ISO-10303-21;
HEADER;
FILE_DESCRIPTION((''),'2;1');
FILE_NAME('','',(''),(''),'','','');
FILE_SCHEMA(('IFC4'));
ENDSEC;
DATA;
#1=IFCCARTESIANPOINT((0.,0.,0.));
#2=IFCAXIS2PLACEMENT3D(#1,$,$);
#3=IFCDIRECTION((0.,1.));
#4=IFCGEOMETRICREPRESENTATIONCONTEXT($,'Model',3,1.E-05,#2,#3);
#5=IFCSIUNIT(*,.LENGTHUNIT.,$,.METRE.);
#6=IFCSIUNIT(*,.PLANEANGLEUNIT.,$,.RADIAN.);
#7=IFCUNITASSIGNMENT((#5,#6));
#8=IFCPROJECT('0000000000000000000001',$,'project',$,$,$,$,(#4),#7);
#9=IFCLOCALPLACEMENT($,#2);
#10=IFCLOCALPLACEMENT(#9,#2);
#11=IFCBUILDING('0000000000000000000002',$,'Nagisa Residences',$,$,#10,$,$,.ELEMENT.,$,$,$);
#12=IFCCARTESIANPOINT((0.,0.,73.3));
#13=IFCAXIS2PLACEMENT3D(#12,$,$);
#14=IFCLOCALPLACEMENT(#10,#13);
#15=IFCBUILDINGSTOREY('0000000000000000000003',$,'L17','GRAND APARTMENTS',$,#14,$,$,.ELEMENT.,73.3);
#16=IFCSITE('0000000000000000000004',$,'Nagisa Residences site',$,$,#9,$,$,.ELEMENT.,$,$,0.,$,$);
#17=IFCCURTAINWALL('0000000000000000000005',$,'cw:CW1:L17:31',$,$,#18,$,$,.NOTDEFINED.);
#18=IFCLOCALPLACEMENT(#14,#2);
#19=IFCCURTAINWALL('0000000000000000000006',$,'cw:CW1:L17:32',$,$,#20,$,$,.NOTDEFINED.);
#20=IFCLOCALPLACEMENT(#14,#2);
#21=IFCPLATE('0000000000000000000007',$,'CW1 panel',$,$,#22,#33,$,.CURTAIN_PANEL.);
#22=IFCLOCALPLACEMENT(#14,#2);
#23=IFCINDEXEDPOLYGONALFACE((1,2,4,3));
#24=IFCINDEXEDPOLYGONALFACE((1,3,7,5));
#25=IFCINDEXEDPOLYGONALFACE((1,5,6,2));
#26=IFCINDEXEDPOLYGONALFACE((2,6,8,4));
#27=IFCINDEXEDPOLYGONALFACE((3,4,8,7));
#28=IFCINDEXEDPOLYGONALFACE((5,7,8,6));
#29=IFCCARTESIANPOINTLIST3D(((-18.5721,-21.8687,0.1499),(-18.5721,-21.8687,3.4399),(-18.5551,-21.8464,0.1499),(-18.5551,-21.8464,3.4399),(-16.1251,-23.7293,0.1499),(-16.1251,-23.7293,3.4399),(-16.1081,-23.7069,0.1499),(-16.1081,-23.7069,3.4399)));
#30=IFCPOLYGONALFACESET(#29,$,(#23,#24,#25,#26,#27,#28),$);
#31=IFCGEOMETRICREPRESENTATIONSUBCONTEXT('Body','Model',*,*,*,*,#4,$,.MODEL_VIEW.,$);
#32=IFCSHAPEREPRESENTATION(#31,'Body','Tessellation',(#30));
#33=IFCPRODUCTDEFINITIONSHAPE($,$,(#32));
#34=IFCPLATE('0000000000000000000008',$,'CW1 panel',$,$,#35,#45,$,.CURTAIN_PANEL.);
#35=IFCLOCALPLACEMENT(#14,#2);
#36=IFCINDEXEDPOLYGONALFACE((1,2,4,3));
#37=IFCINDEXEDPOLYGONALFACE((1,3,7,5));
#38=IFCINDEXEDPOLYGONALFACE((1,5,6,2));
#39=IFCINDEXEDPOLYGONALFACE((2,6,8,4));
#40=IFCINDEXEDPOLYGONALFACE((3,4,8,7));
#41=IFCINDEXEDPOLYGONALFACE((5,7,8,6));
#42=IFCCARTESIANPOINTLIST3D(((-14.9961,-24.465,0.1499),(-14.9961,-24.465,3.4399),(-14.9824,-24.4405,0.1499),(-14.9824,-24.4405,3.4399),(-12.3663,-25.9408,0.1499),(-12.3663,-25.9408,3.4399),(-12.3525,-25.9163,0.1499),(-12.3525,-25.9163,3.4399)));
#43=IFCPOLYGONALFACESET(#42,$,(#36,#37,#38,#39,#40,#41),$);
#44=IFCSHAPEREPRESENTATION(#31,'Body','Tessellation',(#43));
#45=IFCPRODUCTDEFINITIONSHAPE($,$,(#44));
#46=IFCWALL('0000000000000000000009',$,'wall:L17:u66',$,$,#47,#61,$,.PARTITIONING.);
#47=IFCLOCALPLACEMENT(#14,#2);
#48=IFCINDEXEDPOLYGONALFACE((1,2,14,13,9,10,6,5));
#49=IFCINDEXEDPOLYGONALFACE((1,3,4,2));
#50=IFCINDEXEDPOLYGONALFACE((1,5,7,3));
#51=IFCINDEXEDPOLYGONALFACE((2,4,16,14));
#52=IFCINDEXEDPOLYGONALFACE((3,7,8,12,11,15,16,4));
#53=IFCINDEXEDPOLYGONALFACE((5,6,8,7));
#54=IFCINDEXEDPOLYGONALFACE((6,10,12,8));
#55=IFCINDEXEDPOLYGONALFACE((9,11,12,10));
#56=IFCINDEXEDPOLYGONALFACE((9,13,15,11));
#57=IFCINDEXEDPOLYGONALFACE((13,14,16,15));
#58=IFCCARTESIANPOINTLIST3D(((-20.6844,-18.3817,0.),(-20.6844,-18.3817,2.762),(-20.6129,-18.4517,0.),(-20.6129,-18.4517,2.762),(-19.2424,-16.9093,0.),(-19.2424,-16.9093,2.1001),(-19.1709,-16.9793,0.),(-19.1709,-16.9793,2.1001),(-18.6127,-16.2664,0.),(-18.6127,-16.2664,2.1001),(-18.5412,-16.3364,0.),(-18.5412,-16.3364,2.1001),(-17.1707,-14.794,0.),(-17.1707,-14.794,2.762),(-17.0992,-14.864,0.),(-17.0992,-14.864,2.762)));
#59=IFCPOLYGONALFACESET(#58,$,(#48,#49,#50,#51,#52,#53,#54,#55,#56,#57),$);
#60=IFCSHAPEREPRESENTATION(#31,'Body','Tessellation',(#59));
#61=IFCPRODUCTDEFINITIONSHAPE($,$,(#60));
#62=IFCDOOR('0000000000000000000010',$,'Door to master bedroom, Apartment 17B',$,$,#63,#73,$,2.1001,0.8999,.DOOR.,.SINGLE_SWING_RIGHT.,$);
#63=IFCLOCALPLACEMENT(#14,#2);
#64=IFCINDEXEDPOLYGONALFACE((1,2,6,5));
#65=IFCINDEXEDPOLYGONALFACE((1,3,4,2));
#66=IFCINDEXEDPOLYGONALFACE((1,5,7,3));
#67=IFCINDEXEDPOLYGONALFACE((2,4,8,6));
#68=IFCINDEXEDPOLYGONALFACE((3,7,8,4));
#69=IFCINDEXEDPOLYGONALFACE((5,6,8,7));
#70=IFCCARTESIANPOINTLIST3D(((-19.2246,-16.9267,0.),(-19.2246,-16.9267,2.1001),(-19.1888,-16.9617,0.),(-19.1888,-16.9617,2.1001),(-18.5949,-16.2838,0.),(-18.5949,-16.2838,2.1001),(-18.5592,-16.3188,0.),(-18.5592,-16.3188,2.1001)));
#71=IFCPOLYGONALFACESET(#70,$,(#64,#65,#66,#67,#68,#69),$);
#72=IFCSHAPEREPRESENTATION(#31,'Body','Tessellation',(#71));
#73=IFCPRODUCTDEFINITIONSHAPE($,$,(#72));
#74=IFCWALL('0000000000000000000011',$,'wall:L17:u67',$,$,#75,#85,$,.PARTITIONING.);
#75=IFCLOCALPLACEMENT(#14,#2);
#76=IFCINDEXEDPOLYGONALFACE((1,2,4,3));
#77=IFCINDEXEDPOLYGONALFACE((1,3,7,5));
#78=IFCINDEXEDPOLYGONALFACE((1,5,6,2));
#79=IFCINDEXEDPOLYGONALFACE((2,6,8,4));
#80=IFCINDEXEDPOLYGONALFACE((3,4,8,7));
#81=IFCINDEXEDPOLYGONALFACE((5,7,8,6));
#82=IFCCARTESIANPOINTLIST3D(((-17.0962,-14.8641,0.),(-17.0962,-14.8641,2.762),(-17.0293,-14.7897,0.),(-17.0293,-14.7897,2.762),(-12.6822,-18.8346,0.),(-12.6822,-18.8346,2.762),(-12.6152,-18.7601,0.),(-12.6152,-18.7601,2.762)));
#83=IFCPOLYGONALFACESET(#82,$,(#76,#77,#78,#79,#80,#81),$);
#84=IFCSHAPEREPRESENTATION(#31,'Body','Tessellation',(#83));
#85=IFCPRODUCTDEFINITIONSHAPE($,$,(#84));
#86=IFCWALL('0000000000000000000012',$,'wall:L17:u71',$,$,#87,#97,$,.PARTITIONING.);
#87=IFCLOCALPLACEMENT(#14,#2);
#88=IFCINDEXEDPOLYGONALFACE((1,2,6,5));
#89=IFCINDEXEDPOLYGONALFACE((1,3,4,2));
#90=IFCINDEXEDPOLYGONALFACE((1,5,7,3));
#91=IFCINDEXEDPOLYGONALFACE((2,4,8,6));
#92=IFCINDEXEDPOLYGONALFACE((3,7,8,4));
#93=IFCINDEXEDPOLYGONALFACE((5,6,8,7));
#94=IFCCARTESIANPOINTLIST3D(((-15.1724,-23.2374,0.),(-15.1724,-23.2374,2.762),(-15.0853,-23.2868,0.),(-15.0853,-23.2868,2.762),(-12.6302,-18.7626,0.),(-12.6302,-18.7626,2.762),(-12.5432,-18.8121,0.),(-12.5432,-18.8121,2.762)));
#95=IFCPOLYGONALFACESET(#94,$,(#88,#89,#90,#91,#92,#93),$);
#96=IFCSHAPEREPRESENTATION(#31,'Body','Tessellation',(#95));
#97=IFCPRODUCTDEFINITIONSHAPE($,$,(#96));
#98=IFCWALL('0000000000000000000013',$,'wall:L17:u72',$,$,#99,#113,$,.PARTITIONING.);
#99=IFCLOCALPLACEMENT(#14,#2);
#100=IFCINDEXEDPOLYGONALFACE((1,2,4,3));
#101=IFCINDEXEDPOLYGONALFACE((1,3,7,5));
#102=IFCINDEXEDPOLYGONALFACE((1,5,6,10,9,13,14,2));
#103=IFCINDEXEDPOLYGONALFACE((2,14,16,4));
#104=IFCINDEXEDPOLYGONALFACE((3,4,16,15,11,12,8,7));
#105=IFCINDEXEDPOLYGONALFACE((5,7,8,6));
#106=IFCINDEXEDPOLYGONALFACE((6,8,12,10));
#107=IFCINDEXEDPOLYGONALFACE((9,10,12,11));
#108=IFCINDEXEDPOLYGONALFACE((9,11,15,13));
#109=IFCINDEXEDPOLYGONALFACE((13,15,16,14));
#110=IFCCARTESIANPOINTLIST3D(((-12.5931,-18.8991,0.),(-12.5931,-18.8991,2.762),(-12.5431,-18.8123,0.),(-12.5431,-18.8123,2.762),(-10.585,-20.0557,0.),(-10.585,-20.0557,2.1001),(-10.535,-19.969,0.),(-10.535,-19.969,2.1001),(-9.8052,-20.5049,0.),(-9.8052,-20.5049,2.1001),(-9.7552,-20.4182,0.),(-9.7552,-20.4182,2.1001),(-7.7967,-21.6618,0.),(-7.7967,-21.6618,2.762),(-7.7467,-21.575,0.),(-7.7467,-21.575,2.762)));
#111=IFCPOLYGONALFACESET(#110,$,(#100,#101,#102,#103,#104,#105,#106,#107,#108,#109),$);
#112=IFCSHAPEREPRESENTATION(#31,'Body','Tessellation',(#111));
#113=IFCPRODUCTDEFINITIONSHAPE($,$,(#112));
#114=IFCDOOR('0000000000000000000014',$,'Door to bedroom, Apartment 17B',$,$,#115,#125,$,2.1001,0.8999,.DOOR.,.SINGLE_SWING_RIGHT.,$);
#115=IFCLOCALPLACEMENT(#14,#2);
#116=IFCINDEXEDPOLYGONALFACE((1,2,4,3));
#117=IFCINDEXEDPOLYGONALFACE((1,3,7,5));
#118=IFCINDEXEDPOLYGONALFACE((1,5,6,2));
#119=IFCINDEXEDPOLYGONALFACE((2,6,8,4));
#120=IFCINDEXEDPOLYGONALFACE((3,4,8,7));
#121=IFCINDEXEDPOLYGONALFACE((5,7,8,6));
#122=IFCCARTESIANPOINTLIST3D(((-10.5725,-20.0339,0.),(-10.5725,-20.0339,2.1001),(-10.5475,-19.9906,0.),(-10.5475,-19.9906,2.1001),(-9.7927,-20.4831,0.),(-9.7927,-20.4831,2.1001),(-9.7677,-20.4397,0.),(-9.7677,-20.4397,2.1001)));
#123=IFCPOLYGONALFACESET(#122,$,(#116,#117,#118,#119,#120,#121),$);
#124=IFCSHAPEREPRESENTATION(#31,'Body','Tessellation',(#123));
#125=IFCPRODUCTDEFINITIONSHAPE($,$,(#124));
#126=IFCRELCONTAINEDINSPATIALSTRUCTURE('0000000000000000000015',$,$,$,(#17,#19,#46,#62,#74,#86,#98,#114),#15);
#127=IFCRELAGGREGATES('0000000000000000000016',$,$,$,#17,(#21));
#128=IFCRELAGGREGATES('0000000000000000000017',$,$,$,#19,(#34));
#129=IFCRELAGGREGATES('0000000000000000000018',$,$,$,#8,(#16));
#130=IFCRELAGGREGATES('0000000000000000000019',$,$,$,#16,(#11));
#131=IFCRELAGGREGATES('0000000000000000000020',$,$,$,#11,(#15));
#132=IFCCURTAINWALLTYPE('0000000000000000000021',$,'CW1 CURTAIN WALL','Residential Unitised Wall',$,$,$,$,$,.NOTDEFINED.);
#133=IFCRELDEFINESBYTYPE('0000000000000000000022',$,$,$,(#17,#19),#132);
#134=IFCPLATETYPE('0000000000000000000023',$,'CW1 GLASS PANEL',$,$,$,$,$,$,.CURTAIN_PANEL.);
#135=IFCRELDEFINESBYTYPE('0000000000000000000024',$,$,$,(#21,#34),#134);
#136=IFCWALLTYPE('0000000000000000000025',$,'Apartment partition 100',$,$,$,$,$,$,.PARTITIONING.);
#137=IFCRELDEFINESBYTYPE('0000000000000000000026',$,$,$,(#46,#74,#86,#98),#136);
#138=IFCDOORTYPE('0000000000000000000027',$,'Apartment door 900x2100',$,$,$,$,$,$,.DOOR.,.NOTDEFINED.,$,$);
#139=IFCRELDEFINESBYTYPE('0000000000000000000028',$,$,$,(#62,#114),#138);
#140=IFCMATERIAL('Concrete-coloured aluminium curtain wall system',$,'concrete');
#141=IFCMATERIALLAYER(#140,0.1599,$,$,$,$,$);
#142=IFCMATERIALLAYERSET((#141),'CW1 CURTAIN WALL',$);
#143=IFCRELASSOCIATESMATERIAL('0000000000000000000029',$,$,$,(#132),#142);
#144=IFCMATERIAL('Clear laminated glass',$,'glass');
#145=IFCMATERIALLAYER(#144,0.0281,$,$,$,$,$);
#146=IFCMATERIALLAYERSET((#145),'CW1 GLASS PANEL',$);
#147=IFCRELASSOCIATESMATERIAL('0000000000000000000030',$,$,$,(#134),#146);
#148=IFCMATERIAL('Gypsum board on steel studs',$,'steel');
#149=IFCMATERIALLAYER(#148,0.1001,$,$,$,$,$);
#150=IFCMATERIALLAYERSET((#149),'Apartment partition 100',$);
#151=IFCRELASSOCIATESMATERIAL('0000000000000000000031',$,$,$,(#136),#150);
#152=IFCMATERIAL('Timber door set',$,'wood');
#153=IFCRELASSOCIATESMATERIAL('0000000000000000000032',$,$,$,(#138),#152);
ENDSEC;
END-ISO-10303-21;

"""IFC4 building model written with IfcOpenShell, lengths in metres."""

from ifc_helpers import new_model, si_unit, direction, frame, frame_2d, origin, origin_2d, place, context, subcontext, project, spatial, rectangle, extrude, material, layer, layer_set, type_object, element, fill, aggregate, save


model = new_model("IFC4")

# Units and contexts
model_context = context("Model", 3, precision=1e-05, world=origin(), true_north=direction((0.0, 1.0)))
body_context = subcontext(model_context, "Body", "Model", "MODEL_VIEW")
ifc_project = project(units=[si_unit("LENGTHUNIT", "METRE"), si_unit("PLANEANGLEUNIT", "RADIAN")], contexts=[model_context])

# Site, building, storey
site_placement = place(None, origin())
site = spatial("IfcSite", under=ifc_project, at=site_placement, Name="Nagisa Residences site", CompositionType="ELEMENT", RefElevation=0.0)
building_placement = place(site_placement, origin())
building = spatial("IfcBuilding", under=site, at=building_placement, Name="Nagisa Residences", CompositionType="ELEMENT")
storey_placement = place(building_placement, frame((0.0, 0.0, 73.3)))
storey = spatial("IfcBuildingStorey", under=building, at=storey_placement, Name="L17", Description="GRAND APARTMENTS", CompositionType="ELEMENT", Elevation=73.3)

# Curtain walls
ifc_material_1 = material(Name="Concrete-coloured aluminium curtain wall system", Category="concrete")
ifc_layer_1 = layer(ifc_material_1, 0.1599)
ifc_layer_set_1 = layer_set([ifc_layer_1], Name="CW1 CURTAIN WALL")
curtain_wall_type = type_object("IfcCurtainWallType", Name="CW1 CURTAIN WALL", Description="Residential Unitised Wall", PredefinedType="NOTDEFINED", material=ifc_layer_set_1)
curtain_wall_1_placement = place(storey_placement, origin())
curtain_wall_1 = element("IfcCurtainWall", 1, at=curtain_wall_1_placement, inside=storey, type_object=curtain_wall_type, Name="cw:CW1:L17:31", PredefinedType="NOTDEFINED")
curtain_wall_2_placement = place(storey_placement, origin())
curtain_wall_2 = element("IfcCurtainWall", 2, at=curtain_wall_2_placement, inside=storey, type_object=curtain_wall_type, Name="cw:CW1:L17:32", PredefinedType="NOTDEFINED")

# Plates
ifc_material_2 = material(Name="Clear laminated glass", Category="glass")
ifc_layer_2 = layer(ifc_material_2, 0.0281)
ifc_layer_set_2 = layer_set([ifc_layer_2], Name="CW1 GLASS PANEL")
plate_type = type_object("IfcPlateType", Name="CW1 GLASS PANEL", PredefinedType="CURTAIN_PANEL", material=ifc_layer_set_2)
plate_1_placement = place(storey_placement, frame((-17.3401, -22.7878, 0.1499), z_axis=(0.0, 0.0, 1.0), x_axis=(0.796031, -0.605255, 0.0)))
plate_1 = element("IfcPlate", 3, at=plate_1_placement, type_object=plate_type, Name="CW1 panel", PredefinedType="CURTAIN_PANEL", context=body_context, shape_type="SweptSolid", body=[
    extrude(rectangle(XDim=3.074, YDim=0.0281, at=origin_2d()), origin(), (0.0, 0.0, 1.0), 3.29),
])
aggregate(curtain_wall_1, [plate_1])
plate_2_placement = place(storey_placement, frame((-13.6743, -25.1907, 0.1499), z_axis=(0.0, 0.0, 1.0), x_axis=(0.872072, -0.489377, 0.0)))
plate_2 = element("IfcPlate", 4, at=plate_2_placement, type_object=plate_type, Name="CW1 panel", PredefinedType="CURTAIN_PANEL", context=body_context, shape_type="SweptSolid", body=[
    extrude(rectangle(XDim=3.0156, YDim=0.0281, at=origin_2d()), origin(), (0.0, 0.0, 1.0), 3.29),
])
aggregate(curtain_wall_2, [plate_2])

# Wall, opening, door
ifc_material_3 = material(Name="Gypsum board on steel studs", Category="steel")
ifc_layer_3 = layer(ifc_material_3, 0.1001)
ifc_layer_set_3 = layer_set([ifc_layer_3], Name="Apartment partition 100")
wall_type_1 = type_object("IfcWallType", Name="Apartment partition 100", PredefinedType="PARTITIONING", material=ifc_layer_set_3)
wall_1_placement = place(storey_placement, frame((-17.135, -14.8291, 0.0), z_axis=(0.0, 0.0, 1.0), x_axis=(-0.699703, -0.714434, 0.0)))
wall_1 = element("IfcWall", 5, at=wall_1_placement, inside=storey, type_object=wall_type_1, Name="wall:L17:u66", PredefinedType="PARTITIONING", context=body_context, shape_type="SweptSolid", body=[
    extrude(rectangle(XDim=5.0217, YDim=0.1001, at=frame_2d((2.5107, 0.0))), origin(), (0.0, 0.0, 1.0), 2.762),
])
opening_1_placement = place(wall_1_placement, frame((2.0608, 0.0, 0.0)))
opening_1 = element("IfcOpeningElement", 6, at=opening_1_placement, cuts=wall_1, PredefinedType="OPENING", context=body_context, shape_type="SweptSolid", body=[
    extrude(rectangle(XDim=0.8999, YDim=2.1001, at=frame_2d((0.45, 1.05))), frame((0.0, 0.0601, 0.0), z_axis=(0.0, -1.0, 0.0), x_axis=(1.0, 0.0, 0.0)), (0.0, 0.0, 1.0), 0.1201),
])
ifc_material_4 = material(Name="Timber door set", Category="wood")
door_type_1 = type_object("IfcDoorType", Name="Apartment door 900x2100", OperationType="NOTDEFINED", PredefinedType="DOOR", material=ifc_material_4)
door_1_placement = place(opening_1_placement, origin())
door_1 = element("IfcDoor", 7, at=door_1_placement, inside=storey, type_object=door_type_1, Name="Door to master bedroom, Apartment 17B", OperationType="SINGLE_SWING_RIGHT", OverallHeight=2.1001, OverallWidth=0.8999, PredefinedType="DOOR", context=body_context, shape_type="SweptSolid", body=[
    extrude(rectangle(XDim=0.8999, YDim=2.1001, at=frame_2d((0.45, 1.05))), frame((0.0, 0.0249, 0.0), z_axis=(0.0, -1.0, 0.0), x_axis=(1.0, 0.0, 0.0)), (0.0, 0.0, 1.0), 0.05),
])
fill(opening_1, door_1)

# Walls
wall_2_placement = place(storey_placement, frame((-17.0627, -14.8269, 0.0), z_axis=(0.0, 0.0, 1.0), x_axis=(0.743478, -0.66876, 0.0)))
element("IfcWall", 8, at=wall_2_placement, inside=storey, type_object=wall_type_1, Name="wall:L17:u67", PredefinedType="PARTITIONING", context=body_context, shape_type="SweptSolid", body=[
    extrude(rectangle(XDim=5.937, YDim=0.1001, at=frame_2d((2.9685, 0.0))), origin(), (0.0, 0.0, 1.0), 2.762),
])
wall_3_placement = place(storey_placement, frame((-12.5867, -18.7874, 0.0), z_axis=(0.0, 0.0, 1.0), x_axis=(-0.493966, -0.869481, 0.0)))
element("IfcWall", 9, at=wall_3_placement, inside=storey, type_object=wall_type_1, Name="wall:L17:u71", PredefinedType="PARTITIONING", context=body_context, shape_type="SweptSolid", body=[
    extrude(rectangle(XDim=5.1465, YDim=0.1001, at=frame_2d((2.5732, 0.0))), origin(), (0.0, 0.0, 1.0), 2.762),
])

# Wall, opening, door
wall_4_placement = place(storey_placement, frame((-12.5681, -18.8557, 0.0), z_axis=(0.0, 0.0, 1.0), x_axis=(0.866533, -0.499119, 0.0)))
wall_4 = element("IfcWall", 10, at=wall_4_placement, inside=storey, type_object=wall_type_1, Name="wall:L17:u72", PredefinedType="PARTITIONING", context=body_context, shape_type="SweptSolid", body=[
    extrude(rectangle(XDim=5.5352, YDim=0.1001, at=frame_2d((2.7676, 0.0))), origin(), (0.0, 0.0, 1.0), 2.762),
])
opening_2_placement = place(wall_4_placement, frame((2.3174, 0.0, 0.0)))
opening_2 = element("IfcOpeningElement", 11, at=opening_2_placement, cuts=wall_4, PredefinedType="OPENING", context=body_context, shape_type="SweptSolid", body=[
    extrude(rectangle(XDim=0.8999, YDim=2.1001, at=frame_2d((0.45, 1.05))), frame((0.0, 0.0601, 0.0), z_axis=(0.0, -1.0, 0.0), x_axis=(1.0, 0.0, 0.0)), (0.0, 0.0, 1.0), 0.1201),
])
door_2_placement = place(opening_2_placement, frame((0.8999, 0.0, 0.0), x_axis=(-1.0, 0.0, 0.0)))
door_2 = element("IfcDoor", 12, at=door_2_placement, inside=storey, type_object=door_type_1, Name="Door to bedroom, Apartment 17B", OperationType="SINGLE_SWING_RIGHT", OverallHeight=2.1001, OverallWidth=0.8999, PredefinedType="DOOR", context=body_context, shape_type="SweptSolid", body=[
    extrude(rectangle(XDim=0.8999, YDim=2.1001, at=frame_2d((0.45, 1.05))), frame((0.0, 0.0249, 0.0), z_axis=(0.0, -1.0, 0.0), x_axis=(1.0, 0.0, 0.0)), (0.0, 0.0, 1.0), 0.05),
])
fill(opening_2, door_2)

save(model, "model.ifc")
